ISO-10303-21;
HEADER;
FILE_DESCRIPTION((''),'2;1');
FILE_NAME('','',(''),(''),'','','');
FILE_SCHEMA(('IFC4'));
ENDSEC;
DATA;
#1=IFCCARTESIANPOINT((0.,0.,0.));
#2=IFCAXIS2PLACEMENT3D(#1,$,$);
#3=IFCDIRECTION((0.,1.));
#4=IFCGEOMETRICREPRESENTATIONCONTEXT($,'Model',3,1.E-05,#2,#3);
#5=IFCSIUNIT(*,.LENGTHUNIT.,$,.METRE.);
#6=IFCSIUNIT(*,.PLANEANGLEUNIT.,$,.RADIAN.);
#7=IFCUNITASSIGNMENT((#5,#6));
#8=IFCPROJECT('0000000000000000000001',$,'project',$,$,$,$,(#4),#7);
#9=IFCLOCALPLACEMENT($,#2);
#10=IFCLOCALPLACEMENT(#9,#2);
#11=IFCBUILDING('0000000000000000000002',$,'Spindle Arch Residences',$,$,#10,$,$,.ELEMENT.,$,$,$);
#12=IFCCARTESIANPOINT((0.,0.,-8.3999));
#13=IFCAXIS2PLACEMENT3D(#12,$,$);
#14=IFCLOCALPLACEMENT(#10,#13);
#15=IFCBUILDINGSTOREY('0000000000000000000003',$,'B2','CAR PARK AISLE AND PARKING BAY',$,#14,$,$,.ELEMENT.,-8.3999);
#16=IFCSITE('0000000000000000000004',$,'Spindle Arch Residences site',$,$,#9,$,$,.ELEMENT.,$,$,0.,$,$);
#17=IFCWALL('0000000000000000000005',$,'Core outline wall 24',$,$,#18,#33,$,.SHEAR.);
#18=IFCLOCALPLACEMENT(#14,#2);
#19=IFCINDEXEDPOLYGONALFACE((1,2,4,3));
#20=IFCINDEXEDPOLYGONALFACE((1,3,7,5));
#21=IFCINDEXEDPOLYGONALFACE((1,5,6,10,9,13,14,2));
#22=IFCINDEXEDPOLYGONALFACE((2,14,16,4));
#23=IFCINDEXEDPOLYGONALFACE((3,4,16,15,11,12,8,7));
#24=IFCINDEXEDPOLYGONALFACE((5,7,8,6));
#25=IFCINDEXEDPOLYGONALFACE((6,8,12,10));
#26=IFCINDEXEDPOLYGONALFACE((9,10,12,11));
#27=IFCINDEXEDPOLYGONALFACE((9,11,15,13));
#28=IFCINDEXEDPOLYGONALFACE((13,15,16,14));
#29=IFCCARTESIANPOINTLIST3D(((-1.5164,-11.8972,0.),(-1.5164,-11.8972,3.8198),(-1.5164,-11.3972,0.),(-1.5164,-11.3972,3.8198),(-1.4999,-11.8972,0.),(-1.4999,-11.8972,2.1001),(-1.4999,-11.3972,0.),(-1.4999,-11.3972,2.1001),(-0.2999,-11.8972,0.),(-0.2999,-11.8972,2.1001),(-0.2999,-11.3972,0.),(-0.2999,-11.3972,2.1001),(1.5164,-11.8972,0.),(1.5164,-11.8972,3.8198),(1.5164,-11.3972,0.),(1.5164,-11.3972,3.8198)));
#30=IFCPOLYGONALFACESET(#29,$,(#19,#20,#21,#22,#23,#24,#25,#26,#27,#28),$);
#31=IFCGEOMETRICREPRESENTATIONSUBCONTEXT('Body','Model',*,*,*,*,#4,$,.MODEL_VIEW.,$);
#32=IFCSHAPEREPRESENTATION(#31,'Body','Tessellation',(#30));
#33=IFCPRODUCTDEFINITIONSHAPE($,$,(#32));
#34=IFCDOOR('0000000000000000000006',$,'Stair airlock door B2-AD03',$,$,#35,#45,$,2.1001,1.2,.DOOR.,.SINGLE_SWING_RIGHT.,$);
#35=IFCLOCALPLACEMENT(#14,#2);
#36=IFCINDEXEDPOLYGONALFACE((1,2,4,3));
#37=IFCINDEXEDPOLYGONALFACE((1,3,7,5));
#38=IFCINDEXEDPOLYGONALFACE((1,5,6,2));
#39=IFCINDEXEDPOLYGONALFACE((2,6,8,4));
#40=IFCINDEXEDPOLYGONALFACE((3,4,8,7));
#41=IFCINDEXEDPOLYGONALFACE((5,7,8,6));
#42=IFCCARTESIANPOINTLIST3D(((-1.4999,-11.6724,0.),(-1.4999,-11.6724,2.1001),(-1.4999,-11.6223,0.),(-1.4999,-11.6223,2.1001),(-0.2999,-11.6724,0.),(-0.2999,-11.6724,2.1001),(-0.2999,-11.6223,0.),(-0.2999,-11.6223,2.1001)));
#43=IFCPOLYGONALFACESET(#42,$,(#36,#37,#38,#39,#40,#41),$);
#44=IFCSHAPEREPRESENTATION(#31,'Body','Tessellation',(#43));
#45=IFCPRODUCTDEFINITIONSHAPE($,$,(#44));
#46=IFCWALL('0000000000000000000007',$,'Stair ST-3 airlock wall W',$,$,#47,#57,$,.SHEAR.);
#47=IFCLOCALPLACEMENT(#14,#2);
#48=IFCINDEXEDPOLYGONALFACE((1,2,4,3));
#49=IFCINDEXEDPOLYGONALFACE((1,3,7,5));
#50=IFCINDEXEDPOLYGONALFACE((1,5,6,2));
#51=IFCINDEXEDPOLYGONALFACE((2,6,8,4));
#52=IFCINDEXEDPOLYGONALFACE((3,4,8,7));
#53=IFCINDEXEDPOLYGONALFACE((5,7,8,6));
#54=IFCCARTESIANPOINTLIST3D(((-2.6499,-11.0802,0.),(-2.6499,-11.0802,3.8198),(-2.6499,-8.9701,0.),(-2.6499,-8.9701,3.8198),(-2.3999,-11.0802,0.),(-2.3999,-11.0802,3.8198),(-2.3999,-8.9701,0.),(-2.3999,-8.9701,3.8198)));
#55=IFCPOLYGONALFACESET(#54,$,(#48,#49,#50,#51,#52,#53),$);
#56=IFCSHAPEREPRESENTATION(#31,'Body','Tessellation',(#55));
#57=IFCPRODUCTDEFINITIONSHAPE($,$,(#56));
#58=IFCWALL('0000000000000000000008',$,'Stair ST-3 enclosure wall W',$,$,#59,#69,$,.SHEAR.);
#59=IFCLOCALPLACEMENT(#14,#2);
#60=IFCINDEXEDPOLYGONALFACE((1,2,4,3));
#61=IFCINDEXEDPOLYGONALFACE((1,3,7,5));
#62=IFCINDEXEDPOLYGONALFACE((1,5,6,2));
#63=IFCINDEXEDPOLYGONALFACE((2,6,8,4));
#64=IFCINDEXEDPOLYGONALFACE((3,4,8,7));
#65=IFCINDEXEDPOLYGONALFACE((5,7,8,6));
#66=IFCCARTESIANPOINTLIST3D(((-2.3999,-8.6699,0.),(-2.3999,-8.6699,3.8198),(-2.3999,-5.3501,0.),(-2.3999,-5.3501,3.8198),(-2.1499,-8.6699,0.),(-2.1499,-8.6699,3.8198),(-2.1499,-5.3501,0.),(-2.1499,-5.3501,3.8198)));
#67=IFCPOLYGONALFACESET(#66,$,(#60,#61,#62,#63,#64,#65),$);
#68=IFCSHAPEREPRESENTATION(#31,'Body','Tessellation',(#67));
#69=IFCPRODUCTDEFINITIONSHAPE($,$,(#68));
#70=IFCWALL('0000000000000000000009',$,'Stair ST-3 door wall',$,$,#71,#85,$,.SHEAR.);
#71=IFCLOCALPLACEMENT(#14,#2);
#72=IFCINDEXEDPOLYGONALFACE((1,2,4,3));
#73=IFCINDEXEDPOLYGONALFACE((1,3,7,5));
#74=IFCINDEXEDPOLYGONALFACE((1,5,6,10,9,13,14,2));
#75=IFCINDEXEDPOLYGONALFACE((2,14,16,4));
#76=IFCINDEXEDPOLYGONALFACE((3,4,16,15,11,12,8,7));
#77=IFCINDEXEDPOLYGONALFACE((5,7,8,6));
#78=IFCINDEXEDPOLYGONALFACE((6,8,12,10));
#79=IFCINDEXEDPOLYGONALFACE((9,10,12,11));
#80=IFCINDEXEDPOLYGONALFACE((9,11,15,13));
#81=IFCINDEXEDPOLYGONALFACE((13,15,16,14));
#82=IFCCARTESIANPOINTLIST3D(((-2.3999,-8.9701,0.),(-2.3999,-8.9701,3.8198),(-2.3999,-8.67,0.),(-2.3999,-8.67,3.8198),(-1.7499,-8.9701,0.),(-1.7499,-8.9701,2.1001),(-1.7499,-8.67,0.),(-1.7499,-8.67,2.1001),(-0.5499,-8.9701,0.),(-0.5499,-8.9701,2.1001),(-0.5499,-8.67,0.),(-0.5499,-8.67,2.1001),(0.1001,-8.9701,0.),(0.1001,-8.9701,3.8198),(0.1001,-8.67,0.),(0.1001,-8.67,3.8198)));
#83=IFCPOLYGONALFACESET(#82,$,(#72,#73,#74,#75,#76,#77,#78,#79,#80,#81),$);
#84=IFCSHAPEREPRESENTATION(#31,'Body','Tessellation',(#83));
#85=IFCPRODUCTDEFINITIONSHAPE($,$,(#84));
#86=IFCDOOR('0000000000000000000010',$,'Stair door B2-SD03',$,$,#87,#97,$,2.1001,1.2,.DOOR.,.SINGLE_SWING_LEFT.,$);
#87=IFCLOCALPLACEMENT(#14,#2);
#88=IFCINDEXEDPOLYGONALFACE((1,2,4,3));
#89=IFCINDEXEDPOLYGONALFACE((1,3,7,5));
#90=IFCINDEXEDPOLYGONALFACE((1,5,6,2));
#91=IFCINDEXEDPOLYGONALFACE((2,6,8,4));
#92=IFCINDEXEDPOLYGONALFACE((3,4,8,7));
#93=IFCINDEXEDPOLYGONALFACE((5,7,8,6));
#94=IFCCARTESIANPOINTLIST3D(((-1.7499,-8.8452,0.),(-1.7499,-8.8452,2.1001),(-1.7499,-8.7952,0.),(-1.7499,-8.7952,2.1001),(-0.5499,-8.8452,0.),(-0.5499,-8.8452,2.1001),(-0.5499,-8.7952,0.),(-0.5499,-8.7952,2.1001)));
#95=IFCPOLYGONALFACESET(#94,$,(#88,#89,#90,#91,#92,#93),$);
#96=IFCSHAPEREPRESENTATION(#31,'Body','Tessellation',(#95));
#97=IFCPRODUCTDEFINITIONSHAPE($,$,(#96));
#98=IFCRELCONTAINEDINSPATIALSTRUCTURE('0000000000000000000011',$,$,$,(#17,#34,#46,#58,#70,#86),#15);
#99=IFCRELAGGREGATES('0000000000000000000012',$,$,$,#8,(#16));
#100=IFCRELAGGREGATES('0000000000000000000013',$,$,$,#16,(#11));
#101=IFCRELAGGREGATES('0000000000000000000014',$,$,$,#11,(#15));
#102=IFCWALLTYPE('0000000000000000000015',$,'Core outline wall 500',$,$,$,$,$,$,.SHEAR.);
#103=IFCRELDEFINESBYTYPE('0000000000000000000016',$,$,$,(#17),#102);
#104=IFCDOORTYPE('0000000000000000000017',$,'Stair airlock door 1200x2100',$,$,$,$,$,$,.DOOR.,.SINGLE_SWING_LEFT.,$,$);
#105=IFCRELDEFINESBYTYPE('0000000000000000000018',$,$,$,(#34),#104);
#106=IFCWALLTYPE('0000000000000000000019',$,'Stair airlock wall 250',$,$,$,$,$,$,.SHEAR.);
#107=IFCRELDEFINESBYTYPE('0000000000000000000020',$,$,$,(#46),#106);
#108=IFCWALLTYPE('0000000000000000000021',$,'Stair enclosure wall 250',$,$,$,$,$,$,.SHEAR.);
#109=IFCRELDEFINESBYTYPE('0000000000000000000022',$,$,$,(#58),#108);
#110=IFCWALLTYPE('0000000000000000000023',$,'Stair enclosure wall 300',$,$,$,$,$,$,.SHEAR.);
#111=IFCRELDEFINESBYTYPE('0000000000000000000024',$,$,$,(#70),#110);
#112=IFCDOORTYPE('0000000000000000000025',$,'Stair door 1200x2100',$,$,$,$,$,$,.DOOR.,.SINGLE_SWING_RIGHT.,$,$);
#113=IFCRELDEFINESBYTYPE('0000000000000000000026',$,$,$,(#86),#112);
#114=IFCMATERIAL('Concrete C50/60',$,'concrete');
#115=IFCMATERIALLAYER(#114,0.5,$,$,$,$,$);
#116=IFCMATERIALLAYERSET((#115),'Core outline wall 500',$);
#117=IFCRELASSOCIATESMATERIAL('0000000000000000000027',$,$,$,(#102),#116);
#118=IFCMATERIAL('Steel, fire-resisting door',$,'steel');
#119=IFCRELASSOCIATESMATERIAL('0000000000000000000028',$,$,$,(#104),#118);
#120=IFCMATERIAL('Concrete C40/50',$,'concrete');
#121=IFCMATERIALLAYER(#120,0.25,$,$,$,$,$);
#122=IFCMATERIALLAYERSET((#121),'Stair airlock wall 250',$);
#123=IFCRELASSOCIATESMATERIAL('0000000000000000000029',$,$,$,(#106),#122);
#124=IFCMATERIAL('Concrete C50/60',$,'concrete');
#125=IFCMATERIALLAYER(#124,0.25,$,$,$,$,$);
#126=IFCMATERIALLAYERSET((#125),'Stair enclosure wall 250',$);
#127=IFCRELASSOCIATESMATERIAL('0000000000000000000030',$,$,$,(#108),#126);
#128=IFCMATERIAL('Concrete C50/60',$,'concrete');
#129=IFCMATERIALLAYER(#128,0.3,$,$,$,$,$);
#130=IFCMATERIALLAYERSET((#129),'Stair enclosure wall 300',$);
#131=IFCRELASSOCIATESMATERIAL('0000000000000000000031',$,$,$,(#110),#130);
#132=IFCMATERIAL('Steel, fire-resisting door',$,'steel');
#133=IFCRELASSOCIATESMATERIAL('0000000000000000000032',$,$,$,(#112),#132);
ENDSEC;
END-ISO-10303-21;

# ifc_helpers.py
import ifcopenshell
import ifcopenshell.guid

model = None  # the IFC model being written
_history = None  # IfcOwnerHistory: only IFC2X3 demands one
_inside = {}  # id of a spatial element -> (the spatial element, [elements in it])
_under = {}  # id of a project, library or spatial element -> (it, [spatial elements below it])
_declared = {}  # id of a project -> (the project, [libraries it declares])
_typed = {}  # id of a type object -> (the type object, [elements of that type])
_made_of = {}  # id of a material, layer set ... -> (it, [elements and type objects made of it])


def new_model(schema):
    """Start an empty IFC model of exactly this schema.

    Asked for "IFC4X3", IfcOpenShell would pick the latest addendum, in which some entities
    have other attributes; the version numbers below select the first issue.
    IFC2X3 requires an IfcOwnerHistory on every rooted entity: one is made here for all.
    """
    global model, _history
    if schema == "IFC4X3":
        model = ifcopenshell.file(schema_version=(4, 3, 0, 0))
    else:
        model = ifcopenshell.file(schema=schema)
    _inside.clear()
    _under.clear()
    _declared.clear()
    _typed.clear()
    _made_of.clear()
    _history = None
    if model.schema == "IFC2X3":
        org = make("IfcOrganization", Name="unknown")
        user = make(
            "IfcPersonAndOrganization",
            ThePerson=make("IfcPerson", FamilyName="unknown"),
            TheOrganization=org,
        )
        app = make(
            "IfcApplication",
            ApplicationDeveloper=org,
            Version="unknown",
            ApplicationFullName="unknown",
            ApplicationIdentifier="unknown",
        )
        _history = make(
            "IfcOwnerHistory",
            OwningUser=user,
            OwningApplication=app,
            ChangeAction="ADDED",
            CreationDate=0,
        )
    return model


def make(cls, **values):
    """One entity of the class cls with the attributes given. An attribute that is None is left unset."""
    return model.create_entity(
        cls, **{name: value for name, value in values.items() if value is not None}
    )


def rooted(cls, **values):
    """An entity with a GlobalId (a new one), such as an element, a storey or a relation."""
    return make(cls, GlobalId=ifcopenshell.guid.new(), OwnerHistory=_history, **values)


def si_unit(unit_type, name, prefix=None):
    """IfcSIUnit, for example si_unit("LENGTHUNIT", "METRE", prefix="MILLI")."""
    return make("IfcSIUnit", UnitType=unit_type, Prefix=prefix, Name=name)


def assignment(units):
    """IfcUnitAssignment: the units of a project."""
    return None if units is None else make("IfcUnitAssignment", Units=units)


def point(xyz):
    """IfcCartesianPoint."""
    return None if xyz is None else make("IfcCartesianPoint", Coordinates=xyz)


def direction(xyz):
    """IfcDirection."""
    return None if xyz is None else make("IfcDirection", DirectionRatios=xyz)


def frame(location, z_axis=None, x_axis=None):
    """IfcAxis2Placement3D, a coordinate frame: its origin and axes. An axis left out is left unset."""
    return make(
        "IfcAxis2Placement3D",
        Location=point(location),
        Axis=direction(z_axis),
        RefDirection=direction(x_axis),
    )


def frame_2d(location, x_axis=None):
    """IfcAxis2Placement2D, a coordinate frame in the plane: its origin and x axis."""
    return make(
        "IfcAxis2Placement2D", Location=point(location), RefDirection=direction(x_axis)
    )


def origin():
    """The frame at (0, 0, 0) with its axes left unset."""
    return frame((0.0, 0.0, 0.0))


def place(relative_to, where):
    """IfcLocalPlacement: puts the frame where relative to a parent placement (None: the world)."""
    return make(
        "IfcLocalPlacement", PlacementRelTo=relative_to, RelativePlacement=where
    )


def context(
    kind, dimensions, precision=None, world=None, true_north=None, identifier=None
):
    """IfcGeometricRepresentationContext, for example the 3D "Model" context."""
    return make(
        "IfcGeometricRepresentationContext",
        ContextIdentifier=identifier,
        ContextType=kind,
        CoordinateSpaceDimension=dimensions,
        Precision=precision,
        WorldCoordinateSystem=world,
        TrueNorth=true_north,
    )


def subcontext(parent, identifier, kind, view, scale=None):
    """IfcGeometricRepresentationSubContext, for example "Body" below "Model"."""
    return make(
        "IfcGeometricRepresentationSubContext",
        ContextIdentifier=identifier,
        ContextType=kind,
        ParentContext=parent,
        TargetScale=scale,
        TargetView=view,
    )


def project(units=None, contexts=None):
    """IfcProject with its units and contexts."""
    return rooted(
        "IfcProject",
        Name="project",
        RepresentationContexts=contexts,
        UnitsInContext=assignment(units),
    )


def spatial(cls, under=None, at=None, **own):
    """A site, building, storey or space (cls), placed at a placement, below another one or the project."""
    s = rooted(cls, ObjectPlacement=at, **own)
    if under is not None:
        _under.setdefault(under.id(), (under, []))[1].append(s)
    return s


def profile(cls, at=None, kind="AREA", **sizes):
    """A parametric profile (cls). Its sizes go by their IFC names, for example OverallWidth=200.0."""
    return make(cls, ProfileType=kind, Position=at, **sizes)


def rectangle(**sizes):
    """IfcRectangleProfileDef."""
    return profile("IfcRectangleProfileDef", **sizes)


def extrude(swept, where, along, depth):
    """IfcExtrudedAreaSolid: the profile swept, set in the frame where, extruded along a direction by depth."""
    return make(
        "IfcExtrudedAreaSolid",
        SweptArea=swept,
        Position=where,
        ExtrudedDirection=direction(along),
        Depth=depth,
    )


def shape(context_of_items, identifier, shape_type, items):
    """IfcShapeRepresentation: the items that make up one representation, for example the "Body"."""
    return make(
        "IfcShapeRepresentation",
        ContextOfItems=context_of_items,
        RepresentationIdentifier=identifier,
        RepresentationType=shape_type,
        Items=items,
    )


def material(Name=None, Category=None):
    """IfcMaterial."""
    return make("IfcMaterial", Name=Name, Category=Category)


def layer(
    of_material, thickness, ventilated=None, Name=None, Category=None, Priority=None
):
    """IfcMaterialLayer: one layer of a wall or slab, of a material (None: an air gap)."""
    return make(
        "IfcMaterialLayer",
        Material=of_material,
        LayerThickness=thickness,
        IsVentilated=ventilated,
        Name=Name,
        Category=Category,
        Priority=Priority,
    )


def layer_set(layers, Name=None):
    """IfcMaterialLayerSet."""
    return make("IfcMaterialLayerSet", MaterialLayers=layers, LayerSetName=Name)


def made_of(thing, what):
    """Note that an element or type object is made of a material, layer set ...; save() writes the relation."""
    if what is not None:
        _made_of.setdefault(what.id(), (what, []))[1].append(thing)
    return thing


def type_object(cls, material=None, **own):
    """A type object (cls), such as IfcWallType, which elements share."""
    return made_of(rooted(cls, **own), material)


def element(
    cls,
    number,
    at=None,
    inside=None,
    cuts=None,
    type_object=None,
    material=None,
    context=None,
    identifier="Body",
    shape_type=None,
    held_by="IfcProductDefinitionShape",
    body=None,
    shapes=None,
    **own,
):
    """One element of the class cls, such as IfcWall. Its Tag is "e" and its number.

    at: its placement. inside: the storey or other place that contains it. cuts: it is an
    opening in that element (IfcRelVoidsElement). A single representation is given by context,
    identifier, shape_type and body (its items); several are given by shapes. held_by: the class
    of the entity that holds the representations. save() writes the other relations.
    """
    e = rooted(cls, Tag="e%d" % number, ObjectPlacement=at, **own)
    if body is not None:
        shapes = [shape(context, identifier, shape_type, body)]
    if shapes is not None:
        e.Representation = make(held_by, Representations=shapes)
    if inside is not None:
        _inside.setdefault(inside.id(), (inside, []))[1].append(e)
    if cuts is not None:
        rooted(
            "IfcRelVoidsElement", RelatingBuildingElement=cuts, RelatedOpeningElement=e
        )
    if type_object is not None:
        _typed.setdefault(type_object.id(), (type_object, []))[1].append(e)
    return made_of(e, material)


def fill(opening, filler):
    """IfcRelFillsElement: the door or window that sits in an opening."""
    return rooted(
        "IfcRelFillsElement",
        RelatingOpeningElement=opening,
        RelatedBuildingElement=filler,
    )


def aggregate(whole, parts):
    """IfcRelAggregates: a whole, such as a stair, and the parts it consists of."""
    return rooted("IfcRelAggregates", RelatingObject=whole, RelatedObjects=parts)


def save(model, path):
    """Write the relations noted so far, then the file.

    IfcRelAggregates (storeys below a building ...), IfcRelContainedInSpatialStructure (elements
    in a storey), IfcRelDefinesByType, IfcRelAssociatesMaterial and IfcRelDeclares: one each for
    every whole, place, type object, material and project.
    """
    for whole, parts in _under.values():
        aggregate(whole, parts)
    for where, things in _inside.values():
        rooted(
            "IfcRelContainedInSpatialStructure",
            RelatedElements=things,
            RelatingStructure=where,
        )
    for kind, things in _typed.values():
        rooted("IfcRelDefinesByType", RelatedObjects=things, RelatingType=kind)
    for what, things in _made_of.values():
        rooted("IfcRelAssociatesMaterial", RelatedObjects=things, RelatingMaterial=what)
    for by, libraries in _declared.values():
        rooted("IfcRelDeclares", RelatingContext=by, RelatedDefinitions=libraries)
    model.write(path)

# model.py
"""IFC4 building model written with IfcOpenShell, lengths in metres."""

from ifc_helpers import new_model, si_unit, direction, frame, frame_2d, origin, place, context, subcontext, project, spatial, rectangle, extrude, material, layer, layer_set, type_object, element, fill, save


model = new_model("IFC4")

# Units and contexts
model_context = context("Model", 3, precision=1e-05, world=origin(), true_north=direction((0.0, 1.0)))
body_context = subcontext(model_context, "Body", "Model", "MODEL_VIEW")
ifc_project = project(units=[si_unit("LENGTHUNIT", "METRE"), si_unit("PLANEANGLEUNIT", "RADIAN")], contexts=[model_context])

# Site, building, storey
site_placement = place(None, origin())
site = spatial("IfcSite", under=ifc_project, at=site_placement, Name="Spindle Arch Residences site", CompositionType="ELEMENT", RefElevation=0.0)
building_placement = place(site_placement, origin())
building = spatial("IfcBuilding", under=site, at=building_placement, Name="Spindle Arch Residences", CompositionType="ELEMENT")
storey_placement = place(building_placement, frame((0.0, 0.0, -8.3999)))
storey = spatial("IfcBuildingStorey", under=building, at=storey_placement, Name="B2", Description="CAR PARK AISLE AND PARKING BAY", CompositionType="ELEMENT", Elevation=-8.3999)

# Shared definitions
ifc_material_1 = material(Name="Concrete C50/60", Category="concrete")
ifc_layer_1 = layer(ifc_material_1, 0.5)
ifc_layer_set_1 = layer_set([ifc_layer_1], Name="Core outline wall 500")
wall_type_1 = type_object("IfcWallType", Name="Core outline wall 500", PredefinedType="SHEAR", material=ifc_layer_set_1)

# Wall, opening, door
wall_1_placement = place(storey_placement, frame((-1.5164, -11.6472, 0.0), z_axis=(0.0, 0.0, 1.0), x_axis=(1.0, 0.0, 0.0)))
wall_1 = element("IfcWall", 1, at=wall_1_placement, inside=storey, type_object=wall_type_1, Name="Core outline wall 24", PredefinedType="SHEAR", context=body_context, shape_type="SweptSolid", body=[
    extrude(rectangle(XDim=3.0327, YDim=0.5, at=frame_2d((1.5164, 0.0))), origin(), (0.0, 0.0, 1.0), 3.8198),
])
opening_1_placement = place(wall_1_placement, frame((0.0164, 0.0, 0.0)))
opening_1 = element("IfcOpeningElement", 2, at=opening_1_placement, cuts=wall_1, PredefinedType="OPENING", context=body_context, shape_type="SweptSolid", body=[
    extrude(rectangle(XDim=1.2, YDim=2.1001, at=frame_2d((0.6001, 1.05))), frame((0.0, 0.26, 0.0), z_axis=(0.0, -1.0, 0.0), x_axis=(1.0, 0.0, 0.0)), (0.0, 0.0, 1.0), 0.52),
])
ifc_material_2 = material(Name="Steel, fire-resisting door", Category="steel")
door_type_1 = type_object("IfcDoorType", Name="Stair airlock door 1200x2100", OperationType="SINGLE_SWING_LEFT", PredefinedType="DOOR", material=ifc_material_2)
door_1_placement = place(opening_1_placement, origin())
door_1 = element("IfcDoor", 3, at=door_1_placement, inside=storey, type_object=door_type_1, Name="Stair airlock door B2-AD03", OperationType="SINGLE_SWING_RIGHT", OverallHeight=2.1001, OverallWidth=1.2, PredefinedType="DOOR", context=body_context, shape_type="SweptSolid", body=[
    extrude(rectangle(XDim=1.2, YDim=2.1001, at=frame_2d((0.6001, 1.05))), frame((0.0, 0.0249, 0.0), z_axis=(0.0, -1.0, 0.0), x_axis=(1.0, 0.0, 0.0)), (0.0, 0.0, 1.0), 0.05),
])
fill(opening_1, door_1)

# Walls
ifc_material_3 = material(Name="Concrete C40/50", Category="concrete")
ifc_layer_2 = layer(ifc_material_3, 0.25)
ifc_layer_set_2 = layer_set([ifc_layer_2], Name="Stair airlock wall 250")
wall_type_2 = type_object("IfcWallType", Name="Stair airlock wall 250", PredefinedType="SHEAR", material=ifc_layer_set_2)
wall_2_placement = place(storey_placement, frame((-2.5249, -8.97, 0.0), z_axis=(0.0, 0.0, 1.0), x_axis=(0.0, -1.0, 0.0)))
element("IfcWall", 4, at=wall_2_placement, inside=storey, type_object=wall_type_2, Name="Stair ST-3 airlock wall W", PredefinedType="SHEAR", context=body_context, shape_type="SweptSolid", body=[
    extrude(rectangle(XDim=2.1101, YDim=0.25, at=frame_2d((1.0552, 0.0))), origin(), (0.0, 0.0, 1.0), 3.8198),
])
ifc_material_4 = material(Name="Concrete C50/60", Category="concrete")
ifc_layer_3 = layer(ifc_material_4, 0.25)
ifc_layer_set_3 = layer_set([ifc_layer_3], Name="Stair enclosure wall 250")
wall_type_3 = type_object("IfcWallType", Name="Stair enclosure wall 250", PredefinedType="SHEAR", material=ifc_layer_set_3)
wall_3_placement = place(storey_placement, frame((-2.2749, -8.6699, 0.0), z_axis=(0.0, 0.0, 1.0), x_axis=(0.0, 1.0, 0.0)))
element("IfcWall", 5, at=wall_3_placement, inside=storey, type_object=wall_type_3, Name="Stair ST-3 enclosure wall W", PredefinedType="SHEAR", context=body_context, shape_type="SweptSolid", body=[
    extrude(rectangle(XDim=3.3198, YDim=0.25, at=frame_2d((1.6599, 0.0))), origin(), (0.0, 0.0, 1.0), 3.8198),
])

# Wall, opening, door
ifc_material_5 = material(Name="Concrete C50/60", Category="concrete")
ifc_layer_4 = layer(ifc_material_5, 0.3)
ifc_layer_set_4 = layer_set([ifc_layer_4], Name="Stair enclosure wall 300")
wall_type_4 = type_object("IfcWallType", Name="Stair enclosure wall 300", PredefinedType="SHEAR", material=ifc_layer_set_4)
wall_4_placement = place(storey_placement, frame((-2.3999, -8.8201, 0.0), z_axis=(0.0, 0.0, 1.0), x_axis=(1.0, 0.0, 0.0)))
wall_4 = element("IfcWall", 6, at=wall_4_placement, inside=storey, type_object=wall_type_4, Name="Stair ST-3 door wall", PredefinedType="SHEAR", context=body_context, shape_type="SweptSolid", body=[
    extrude(rectangle(XDim=2.5, YDim=0.3, at=frame_2d((1.25, 0.0))), origin(), (0.0, 0.0, 1.0), 3.8198),
])
opening_2_placement = place(wall_4_placement, frame((0.6499, 0.0, 0.0)))
opening_2 = element("IfcOpeningElement", 7, at=opening_2_placement, cuts=wall_4, PredefinedType="OPENING", context=body_context, shape_type="SweptSolid", body=[
    extrude(rectangle(XDim=1.2, YDim=2.1001, at=frame_2d((0.6001, 1.05))), frame((0.0, 0.1602, 0.0), z_axis=(0.0, -1.0, 0.0), x_axis=(1.0, 0.0, 0.0)), (0.0, 0.0, 1.0), 0.3201),
])
ifc_material_6 = material(Name="Steel, fire-resisting door", Category="steel")
door_type_2 = type_object("IfcDoorType", Name="Stair door 1200x2100", OperationType="SINGLE_SWING_RIGHT", PredefinedType="DOOR", material=ifc_material_6)
door_2_placement = place(opening_2_placement, origin())
door_2 = element("IfcDoor", 8, at=door_2_placement, inside=storey, type_object=door_type_2, Name="Stair door B2-SD03", OperationType="SINGLE_SWING_LEFT", OverallHeight=2.1001, OverallWidth=1.2, PredefinedType="DOOR", context=body_context, shape_type="SweptSolid", body=[
    extrude(rectangle(XDim=1.2, YDim=2.1001, at=frame_2d((0.6001, 1.05))), frame((0.0, 0.0249, 0.0), z_axis=(0.0, -1.0, 0.0), x_axis=(1.0, 0.0, 0.0)), (0.0, 0.0, 1.0), 0.05),
])
fill(opening_2, door_2)

save(model, "model.ifc")
